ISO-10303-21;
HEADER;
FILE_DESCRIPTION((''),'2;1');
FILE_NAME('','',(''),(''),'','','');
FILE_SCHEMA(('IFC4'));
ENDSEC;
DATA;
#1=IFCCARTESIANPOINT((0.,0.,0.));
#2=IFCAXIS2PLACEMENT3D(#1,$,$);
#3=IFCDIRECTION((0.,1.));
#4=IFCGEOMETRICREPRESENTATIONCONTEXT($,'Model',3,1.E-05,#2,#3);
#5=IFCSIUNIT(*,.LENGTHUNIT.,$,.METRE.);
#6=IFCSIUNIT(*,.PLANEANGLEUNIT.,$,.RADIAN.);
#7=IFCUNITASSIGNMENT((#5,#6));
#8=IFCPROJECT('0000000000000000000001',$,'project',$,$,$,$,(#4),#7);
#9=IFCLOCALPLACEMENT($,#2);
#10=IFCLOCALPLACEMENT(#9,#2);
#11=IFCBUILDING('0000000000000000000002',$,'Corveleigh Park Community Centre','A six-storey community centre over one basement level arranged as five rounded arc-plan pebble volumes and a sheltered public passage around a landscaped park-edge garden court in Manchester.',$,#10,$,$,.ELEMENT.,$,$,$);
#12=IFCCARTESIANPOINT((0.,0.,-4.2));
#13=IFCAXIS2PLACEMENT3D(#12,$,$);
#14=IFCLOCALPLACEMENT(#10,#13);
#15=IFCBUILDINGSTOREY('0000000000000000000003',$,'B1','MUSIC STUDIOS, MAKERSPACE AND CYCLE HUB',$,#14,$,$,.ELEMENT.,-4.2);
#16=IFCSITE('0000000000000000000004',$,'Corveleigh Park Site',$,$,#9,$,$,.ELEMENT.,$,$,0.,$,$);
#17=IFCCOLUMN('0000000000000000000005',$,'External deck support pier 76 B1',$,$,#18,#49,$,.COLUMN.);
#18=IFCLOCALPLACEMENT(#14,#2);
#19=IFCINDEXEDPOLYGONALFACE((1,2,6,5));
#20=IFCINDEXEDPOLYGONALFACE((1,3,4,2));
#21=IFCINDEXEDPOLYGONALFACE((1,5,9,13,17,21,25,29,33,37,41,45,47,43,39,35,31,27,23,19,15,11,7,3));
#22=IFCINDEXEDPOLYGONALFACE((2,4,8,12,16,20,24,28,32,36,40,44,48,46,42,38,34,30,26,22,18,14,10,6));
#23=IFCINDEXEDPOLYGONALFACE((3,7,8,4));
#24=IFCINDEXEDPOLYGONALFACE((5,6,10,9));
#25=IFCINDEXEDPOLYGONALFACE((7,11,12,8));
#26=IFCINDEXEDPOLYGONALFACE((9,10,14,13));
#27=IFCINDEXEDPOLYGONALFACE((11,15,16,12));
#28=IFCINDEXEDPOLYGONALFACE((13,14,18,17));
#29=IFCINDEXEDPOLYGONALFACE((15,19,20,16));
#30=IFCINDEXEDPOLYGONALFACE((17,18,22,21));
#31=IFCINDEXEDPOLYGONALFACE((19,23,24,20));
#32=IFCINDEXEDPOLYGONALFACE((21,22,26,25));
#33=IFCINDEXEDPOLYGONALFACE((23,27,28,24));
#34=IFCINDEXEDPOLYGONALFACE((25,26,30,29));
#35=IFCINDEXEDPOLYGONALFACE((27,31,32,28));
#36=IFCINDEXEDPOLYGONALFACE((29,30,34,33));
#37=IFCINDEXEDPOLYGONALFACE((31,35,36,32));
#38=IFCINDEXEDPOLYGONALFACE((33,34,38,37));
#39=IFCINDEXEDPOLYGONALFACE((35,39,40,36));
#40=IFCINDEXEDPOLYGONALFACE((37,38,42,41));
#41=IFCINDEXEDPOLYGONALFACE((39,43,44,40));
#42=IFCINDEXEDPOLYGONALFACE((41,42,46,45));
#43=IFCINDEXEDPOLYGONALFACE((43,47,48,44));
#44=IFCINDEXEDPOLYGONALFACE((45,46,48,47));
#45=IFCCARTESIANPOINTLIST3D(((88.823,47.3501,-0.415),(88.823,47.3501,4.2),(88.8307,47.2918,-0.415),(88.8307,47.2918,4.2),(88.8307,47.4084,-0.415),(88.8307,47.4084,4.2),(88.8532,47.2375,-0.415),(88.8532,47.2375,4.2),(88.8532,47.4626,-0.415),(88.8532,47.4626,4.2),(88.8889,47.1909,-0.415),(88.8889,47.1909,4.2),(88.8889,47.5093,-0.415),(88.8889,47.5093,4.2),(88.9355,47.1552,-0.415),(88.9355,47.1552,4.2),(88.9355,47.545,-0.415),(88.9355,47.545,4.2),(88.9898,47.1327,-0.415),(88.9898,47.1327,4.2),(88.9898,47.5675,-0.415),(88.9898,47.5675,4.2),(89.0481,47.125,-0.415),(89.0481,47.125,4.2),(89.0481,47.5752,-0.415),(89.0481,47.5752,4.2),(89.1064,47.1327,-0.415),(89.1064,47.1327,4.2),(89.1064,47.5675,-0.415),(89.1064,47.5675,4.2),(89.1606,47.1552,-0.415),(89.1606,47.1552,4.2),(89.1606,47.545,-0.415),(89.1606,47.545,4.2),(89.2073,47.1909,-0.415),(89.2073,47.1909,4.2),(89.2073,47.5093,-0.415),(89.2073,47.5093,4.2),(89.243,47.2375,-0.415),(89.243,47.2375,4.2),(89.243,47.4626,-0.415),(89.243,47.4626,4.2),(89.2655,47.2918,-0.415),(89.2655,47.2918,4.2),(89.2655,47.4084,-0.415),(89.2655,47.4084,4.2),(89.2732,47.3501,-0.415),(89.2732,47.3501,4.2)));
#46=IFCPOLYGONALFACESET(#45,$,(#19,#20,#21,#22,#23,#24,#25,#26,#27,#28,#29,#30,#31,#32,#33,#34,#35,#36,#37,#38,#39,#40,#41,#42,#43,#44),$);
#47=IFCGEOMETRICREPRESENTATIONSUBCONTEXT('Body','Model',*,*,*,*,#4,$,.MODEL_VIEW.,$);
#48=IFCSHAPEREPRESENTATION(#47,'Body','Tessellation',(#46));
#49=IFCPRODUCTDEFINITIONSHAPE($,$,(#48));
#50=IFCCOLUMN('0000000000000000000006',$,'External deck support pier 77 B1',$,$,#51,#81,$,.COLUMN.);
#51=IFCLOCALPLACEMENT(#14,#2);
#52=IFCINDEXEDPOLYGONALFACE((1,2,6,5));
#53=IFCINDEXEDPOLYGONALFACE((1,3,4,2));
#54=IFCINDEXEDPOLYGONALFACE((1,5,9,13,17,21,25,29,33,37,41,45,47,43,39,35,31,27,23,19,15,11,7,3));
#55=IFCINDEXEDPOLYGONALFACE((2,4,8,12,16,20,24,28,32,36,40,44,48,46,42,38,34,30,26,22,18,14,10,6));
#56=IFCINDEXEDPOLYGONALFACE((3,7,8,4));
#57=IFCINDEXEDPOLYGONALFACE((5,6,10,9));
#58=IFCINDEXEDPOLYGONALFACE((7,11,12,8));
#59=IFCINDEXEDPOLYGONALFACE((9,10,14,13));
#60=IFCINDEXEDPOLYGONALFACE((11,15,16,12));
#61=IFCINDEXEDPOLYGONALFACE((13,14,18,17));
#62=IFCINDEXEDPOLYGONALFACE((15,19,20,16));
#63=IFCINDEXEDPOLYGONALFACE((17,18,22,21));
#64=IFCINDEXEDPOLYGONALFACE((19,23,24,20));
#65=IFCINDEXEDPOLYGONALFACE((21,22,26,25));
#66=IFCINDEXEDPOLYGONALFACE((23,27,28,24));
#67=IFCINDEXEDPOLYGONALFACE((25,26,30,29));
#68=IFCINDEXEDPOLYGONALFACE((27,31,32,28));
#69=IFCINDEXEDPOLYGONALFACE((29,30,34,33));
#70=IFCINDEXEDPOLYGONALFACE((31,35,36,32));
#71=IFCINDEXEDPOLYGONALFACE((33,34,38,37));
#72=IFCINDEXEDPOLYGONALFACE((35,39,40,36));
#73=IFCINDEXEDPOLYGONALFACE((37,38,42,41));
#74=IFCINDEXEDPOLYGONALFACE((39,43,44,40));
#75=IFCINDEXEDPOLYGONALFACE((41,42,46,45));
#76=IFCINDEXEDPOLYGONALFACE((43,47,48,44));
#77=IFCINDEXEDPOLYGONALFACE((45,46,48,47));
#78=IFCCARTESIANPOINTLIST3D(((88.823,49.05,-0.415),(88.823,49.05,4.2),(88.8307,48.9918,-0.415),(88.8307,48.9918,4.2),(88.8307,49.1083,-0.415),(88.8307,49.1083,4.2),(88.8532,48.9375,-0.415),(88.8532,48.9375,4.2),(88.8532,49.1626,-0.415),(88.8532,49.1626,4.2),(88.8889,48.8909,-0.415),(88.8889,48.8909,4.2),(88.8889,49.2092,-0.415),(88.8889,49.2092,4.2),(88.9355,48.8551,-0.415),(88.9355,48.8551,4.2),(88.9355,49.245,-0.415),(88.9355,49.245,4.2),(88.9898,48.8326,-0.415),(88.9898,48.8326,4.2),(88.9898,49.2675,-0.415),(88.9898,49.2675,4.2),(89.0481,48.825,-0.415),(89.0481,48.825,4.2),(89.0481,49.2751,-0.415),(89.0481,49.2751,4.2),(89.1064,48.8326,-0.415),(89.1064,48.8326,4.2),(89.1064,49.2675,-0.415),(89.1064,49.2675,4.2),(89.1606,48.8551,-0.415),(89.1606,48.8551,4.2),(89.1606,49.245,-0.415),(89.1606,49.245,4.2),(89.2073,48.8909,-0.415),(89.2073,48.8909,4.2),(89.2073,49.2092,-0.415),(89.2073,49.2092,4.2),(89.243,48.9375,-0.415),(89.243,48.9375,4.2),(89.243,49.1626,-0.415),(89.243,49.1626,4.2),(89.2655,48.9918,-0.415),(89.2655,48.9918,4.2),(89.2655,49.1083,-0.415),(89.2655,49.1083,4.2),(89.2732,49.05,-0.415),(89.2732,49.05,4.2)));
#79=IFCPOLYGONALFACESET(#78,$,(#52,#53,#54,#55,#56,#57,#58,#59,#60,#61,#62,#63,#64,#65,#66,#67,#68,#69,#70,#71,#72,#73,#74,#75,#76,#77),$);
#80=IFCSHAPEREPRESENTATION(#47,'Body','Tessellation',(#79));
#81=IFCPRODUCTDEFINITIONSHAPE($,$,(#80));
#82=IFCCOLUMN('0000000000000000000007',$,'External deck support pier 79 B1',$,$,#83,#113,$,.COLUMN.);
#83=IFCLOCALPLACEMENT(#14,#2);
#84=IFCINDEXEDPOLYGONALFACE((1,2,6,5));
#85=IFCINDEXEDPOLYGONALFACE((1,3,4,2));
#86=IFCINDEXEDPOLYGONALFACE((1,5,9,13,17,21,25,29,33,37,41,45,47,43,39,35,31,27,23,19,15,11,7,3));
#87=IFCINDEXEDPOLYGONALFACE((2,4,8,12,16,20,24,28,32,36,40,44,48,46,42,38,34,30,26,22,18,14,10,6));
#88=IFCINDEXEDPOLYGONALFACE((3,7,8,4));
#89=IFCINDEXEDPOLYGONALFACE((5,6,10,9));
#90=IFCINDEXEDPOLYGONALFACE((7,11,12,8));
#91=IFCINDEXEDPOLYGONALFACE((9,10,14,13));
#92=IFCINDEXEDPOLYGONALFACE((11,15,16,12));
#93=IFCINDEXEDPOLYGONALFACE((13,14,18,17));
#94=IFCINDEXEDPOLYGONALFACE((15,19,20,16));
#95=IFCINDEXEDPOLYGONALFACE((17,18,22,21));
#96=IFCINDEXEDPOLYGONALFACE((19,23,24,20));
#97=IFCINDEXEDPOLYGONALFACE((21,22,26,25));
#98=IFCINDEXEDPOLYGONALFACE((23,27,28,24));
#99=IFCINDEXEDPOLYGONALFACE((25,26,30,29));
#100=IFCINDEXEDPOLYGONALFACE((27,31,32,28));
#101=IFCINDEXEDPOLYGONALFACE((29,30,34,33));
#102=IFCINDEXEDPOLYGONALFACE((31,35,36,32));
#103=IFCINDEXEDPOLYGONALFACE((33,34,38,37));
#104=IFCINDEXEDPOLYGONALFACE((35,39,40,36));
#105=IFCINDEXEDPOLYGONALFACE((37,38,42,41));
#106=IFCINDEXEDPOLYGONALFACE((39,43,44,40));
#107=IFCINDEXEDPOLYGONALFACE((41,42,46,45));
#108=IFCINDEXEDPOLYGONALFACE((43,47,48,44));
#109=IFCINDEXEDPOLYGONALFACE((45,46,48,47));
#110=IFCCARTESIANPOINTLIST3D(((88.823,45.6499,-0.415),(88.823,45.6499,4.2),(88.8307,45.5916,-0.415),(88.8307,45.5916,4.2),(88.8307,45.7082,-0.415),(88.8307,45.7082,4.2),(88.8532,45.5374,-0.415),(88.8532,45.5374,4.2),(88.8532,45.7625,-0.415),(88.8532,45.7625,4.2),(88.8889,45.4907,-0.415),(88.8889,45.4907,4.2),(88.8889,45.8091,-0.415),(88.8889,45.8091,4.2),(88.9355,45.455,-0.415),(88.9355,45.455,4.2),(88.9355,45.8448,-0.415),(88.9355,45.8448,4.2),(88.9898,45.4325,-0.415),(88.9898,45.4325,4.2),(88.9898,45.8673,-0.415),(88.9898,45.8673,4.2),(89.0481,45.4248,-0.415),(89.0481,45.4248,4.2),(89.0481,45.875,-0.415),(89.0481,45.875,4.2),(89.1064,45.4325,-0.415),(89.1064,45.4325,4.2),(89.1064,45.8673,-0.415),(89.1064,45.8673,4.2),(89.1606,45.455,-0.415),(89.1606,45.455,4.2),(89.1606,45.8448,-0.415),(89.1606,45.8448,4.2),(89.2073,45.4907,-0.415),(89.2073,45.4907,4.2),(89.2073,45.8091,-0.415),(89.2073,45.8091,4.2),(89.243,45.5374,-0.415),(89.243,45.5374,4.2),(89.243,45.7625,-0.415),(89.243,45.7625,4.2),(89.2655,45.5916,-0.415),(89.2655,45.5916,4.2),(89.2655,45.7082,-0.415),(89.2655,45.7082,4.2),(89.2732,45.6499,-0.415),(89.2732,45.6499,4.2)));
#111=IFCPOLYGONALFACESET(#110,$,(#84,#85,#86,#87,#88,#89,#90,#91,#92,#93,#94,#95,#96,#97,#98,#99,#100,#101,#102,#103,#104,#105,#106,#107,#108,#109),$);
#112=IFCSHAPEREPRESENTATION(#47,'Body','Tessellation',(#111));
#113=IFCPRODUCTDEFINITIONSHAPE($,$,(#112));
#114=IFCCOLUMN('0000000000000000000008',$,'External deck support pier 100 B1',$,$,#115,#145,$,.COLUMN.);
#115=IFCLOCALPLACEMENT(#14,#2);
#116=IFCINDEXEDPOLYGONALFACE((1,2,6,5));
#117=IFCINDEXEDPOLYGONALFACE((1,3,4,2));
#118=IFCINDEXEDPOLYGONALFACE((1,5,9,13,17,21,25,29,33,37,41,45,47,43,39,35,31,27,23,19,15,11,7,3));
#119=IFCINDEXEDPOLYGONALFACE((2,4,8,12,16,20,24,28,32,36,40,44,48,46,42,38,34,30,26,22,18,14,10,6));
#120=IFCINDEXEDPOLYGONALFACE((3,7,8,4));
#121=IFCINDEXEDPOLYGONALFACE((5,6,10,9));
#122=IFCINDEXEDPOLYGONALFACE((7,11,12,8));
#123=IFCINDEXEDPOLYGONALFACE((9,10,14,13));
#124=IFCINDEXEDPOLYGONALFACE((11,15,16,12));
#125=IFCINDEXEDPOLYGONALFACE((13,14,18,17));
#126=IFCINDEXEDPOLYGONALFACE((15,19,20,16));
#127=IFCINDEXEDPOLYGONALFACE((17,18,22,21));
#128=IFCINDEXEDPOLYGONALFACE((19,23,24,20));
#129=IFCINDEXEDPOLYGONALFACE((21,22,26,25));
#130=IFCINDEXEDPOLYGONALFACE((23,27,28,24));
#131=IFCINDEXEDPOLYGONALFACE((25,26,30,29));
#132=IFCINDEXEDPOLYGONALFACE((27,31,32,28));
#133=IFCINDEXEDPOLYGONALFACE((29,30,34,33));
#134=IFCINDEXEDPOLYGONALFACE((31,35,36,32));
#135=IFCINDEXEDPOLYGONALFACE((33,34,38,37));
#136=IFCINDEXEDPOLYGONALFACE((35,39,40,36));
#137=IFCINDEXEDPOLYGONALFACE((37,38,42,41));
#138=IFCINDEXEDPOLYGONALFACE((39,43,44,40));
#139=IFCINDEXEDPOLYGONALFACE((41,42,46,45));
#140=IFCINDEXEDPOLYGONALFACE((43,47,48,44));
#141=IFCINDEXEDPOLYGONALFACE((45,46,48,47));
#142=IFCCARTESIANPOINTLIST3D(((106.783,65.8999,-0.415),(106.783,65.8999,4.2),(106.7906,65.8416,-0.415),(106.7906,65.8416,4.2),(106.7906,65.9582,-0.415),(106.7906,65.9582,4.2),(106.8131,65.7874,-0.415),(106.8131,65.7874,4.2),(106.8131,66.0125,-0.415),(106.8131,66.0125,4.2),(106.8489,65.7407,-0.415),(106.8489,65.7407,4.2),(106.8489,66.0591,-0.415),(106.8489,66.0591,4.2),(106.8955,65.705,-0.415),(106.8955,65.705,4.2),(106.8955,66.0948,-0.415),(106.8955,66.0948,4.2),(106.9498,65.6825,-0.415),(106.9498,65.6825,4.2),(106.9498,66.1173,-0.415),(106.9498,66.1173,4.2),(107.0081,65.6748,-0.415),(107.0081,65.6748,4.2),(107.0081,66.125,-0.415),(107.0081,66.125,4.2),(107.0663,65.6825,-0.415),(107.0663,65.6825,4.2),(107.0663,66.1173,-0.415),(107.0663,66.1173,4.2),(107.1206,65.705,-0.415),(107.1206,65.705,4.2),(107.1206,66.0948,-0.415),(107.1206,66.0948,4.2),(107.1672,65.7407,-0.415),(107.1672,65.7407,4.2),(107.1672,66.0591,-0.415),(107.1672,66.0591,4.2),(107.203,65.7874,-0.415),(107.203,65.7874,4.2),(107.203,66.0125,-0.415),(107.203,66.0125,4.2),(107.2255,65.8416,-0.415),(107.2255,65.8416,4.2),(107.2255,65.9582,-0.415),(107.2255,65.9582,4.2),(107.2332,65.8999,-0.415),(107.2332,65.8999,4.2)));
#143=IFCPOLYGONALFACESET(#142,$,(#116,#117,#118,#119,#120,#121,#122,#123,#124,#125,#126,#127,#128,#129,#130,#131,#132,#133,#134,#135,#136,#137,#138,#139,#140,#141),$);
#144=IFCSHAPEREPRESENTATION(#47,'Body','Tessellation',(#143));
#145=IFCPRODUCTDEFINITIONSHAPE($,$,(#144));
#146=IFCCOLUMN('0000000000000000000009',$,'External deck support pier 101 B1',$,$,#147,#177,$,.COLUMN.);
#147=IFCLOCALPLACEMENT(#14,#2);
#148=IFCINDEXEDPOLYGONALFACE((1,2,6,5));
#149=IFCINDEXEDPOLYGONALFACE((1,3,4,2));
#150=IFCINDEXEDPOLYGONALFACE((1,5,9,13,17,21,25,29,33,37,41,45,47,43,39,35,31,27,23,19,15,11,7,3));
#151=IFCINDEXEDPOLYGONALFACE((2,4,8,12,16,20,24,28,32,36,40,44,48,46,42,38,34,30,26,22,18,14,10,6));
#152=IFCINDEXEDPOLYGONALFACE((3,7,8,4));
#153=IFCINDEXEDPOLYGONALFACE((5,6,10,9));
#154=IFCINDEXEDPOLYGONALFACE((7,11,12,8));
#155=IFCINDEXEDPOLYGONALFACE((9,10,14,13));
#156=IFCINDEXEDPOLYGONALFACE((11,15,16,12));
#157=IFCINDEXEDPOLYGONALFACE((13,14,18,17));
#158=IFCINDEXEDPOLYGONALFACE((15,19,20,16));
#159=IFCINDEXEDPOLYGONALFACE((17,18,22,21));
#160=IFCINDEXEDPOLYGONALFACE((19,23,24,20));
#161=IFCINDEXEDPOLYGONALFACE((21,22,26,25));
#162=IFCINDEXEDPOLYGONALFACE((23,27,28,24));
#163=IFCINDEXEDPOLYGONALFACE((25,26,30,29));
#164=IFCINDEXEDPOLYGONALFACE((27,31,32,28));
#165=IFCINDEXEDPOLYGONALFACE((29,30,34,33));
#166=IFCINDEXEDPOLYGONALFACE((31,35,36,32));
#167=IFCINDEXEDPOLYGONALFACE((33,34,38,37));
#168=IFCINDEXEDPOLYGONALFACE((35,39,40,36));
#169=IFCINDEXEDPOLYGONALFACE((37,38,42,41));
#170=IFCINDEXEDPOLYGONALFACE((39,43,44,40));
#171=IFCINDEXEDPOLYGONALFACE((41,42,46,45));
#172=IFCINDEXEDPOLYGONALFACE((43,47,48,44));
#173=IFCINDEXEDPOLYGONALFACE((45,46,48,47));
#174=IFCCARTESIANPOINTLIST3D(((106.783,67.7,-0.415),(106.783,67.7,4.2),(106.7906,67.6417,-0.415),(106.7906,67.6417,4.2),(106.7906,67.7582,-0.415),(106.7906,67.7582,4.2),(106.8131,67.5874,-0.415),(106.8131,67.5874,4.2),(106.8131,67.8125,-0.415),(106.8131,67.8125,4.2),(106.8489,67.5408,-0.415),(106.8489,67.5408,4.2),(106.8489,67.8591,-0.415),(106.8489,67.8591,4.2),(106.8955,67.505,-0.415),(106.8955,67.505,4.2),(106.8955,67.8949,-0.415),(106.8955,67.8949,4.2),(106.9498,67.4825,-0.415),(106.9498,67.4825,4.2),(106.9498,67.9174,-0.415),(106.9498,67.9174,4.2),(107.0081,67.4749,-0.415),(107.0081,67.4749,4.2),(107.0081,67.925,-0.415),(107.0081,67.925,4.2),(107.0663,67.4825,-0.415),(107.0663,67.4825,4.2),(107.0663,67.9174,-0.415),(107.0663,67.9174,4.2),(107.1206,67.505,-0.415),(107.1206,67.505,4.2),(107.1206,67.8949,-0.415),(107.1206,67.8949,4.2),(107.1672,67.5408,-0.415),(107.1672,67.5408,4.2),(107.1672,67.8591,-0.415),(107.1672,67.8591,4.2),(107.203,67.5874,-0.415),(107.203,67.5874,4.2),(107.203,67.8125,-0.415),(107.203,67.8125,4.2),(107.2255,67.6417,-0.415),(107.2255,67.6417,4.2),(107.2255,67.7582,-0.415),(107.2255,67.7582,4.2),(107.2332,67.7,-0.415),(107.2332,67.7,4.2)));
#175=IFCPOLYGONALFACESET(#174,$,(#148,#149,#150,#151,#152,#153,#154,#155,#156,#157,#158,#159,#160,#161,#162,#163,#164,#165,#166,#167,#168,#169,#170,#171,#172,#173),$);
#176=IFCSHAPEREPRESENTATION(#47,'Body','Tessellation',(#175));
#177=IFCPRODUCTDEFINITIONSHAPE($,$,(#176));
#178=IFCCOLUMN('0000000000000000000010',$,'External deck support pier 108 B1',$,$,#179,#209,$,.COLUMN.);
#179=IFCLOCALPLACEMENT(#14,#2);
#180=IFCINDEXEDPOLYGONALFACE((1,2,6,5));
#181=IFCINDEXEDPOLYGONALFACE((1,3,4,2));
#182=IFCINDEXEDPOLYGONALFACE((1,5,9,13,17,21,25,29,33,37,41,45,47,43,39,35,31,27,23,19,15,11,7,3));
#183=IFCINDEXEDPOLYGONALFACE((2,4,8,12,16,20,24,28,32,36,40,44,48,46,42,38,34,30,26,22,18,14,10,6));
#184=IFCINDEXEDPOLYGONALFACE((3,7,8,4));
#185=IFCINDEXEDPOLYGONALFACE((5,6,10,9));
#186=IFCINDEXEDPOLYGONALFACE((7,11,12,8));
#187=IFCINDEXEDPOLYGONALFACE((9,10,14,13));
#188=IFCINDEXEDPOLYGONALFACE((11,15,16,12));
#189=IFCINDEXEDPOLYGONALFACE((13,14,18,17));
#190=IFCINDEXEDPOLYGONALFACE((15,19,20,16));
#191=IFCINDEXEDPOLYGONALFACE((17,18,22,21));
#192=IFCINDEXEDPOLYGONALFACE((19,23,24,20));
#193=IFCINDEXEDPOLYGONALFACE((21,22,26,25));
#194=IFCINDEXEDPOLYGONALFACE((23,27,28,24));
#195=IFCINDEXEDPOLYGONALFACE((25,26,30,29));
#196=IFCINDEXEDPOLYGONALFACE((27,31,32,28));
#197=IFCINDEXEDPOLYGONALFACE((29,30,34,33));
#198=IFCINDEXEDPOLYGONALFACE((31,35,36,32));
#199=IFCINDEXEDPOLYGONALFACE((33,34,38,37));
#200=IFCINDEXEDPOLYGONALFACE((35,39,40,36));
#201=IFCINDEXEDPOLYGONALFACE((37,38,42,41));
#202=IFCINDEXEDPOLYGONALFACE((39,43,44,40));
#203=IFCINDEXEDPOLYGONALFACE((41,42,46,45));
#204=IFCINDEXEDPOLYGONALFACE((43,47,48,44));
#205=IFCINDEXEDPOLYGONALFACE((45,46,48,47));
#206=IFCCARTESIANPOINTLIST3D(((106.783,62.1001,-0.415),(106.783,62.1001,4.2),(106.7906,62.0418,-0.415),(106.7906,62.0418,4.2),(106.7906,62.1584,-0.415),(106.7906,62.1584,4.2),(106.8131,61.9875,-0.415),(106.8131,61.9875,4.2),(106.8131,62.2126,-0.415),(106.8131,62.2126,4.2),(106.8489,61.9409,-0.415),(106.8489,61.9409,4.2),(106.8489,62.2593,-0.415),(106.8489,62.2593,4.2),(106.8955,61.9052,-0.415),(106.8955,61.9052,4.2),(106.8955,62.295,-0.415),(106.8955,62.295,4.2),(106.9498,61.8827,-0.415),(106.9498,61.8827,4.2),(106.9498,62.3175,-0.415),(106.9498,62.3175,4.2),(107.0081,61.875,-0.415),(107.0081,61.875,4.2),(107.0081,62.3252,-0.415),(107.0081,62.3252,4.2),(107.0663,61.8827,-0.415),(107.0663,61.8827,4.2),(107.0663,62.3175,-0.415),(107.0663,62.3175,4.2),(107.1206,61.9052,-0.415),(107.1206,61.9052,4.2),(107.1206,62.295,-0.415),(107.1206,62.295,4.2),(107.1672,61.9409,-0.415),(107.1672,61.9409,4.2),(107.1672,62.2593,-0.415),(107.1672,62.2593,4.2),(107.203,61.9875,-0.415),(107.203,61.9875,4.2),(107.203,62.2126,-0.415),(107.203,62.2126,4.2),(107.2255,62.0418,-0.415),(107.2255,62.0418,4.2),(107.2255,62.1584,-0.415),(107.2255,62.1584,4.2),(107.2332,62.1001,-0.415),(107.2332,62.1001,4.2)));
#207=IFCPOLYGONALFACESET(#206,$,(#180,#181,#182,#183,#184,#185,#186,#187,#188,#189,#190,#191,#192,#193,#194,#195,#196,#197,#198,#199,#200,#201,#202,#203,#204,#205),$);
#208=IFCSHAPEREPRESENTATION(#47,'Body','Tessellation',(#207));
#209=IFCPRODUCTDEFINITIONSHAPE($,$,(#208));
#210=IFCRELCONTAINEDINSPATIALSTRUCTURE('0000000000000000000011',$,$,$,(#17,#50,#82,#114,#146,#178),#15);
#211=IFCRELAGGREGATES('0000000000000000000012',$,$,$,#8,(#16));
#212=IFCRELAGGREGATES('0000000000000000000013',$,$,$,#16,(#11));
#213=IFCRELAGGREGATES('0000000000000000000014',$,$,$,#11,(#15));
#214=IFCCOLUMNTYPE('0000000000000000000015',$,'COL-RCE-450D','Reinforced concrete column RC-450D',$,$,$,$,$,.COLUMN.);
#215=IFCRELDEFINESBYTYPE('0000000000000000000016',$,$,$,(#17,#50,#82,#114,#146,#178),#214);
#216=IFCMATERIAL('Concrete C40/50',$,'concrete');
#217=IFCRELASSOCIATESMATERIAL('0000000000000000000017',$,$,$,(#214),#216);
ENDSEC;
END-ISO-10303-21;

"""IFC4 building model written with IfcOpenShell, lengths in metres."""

from ifc_helpers import new_model, si_unit, direction, frame, origin, origin_2d, place, context, subcontext, project, spatial, circle, extrude, material, material_profile, profile_set, type_object, element, save


model = new_model("IFC4")

# Units and contexts
model_context = context("Model", 3, precision=1e-05, world=origin(), true_north=direction((0.0, 1.0)))
body_context = subcontext(model_context, "Body", "Model", "MODEL_VIEW")
ifc_project = project(units=[si_unit("LENGTHUNIT", "METRE"), si_unit("PLANEANGLEUNIT", "RADIAN")], contexts=[model_context])

# Site, building, storey
site_placement = place(None, origin())
site = spatial("IfcSite", under=ifc_project, at=site_placement, Name="Corveleigh Park Site", CompositionType="ELEMENT", RefElevation=0.0)
building_placement = place(site_placement, origin())
building = spatial("IfcBuilding", under=site, at=building_placement, Name="Corveleigh Park Community Centre", Description="A six-storey community centre over one basement level arranged as five rounded arc-plan pebble volumes and a sheltered public passage around a landscaped park-edge garden court in Manchester.", CompositionType="ELEMENT")
storey_placement = place(building_placement, frame((0.0, 0.0, -4.2)))
storey = spatial("IfcBuildingStorey", under=building, at=storey_placement, Name="B1", Description="MUSIC STUDIOS, MAKERSPACE AND CYCLE HUB", CompositionType="ELEMENT", Elevation=-4.2)

# Shared definitions
ifc_material_1 = material(Name="Concrete C40/50", Category="concrete")

# Columns
ifc_material_profile_1 = material_profile(ifc_material_1, circle(Radius=0.2251, at=origin_2d()), Name="RC-450D", Category="concrete")
ifc_profile_set_1 = profile_set([ifc_material_profile_1], Name="Concrete C40/50")
column_type_1 = type_object("IfcColumnType", Name="COL-RCE-450D", Description="Reinforced concrete column RC-450D", PredefinedType="COLUMN", material=ifc_profile_set_1)
for number, where, z_axis, x_axis, name in (
    (1, (89.0481, 47.3501, -0.415), (0.0, 0.0, 1.0), (1.0, 0.0, 0.0), "External deck support pier 76 B1"),
    (2, (89.0481, 49.05, -0.415), (0.0, 0.0, 1.0), (1.0, 0.0, 0.0), "External deck support pier 77 B1"),
    (3, (89.0481, 45.6499, -0.415), (0.0, 0.0, 1.0), (1.0, 0.0, 0.0), "External deck support pier 79 B1"),
    (4, (107.0081, 65.8999, -0.415), (0.0, 0.0, 1.0), (1.0, 0.0, 0.0), "External deck support pier 100 B1"),
    (5, (107.0081, 67.7, -0.415), (0.0, 0.0, 1.0), (1.0, 0.0, 0.0), "External deck support pier 101 B1"),
    (6, (107.0081, 62.1001, -0.415), (0.0, 0.0, 1.0), (1.0, 0.0, 0.0), "External deck support pier 108 B1"),
):
    element("IfcColumn", number, at=place(storey_placement, frame(where, z_axis=z_axis, x_axis=x_axis)), inside=storey, type_object=column_type_1, Name=name, PredefinedType="COLUMN", context=body_context, shape_type="SweptSolid", body=[
        extrude(circle(Radius=0.2251, at=origin_2d()), origin(), (0.0, 0.0, 1.0), 4.615),
    ])

save(model, "model.ifc")
